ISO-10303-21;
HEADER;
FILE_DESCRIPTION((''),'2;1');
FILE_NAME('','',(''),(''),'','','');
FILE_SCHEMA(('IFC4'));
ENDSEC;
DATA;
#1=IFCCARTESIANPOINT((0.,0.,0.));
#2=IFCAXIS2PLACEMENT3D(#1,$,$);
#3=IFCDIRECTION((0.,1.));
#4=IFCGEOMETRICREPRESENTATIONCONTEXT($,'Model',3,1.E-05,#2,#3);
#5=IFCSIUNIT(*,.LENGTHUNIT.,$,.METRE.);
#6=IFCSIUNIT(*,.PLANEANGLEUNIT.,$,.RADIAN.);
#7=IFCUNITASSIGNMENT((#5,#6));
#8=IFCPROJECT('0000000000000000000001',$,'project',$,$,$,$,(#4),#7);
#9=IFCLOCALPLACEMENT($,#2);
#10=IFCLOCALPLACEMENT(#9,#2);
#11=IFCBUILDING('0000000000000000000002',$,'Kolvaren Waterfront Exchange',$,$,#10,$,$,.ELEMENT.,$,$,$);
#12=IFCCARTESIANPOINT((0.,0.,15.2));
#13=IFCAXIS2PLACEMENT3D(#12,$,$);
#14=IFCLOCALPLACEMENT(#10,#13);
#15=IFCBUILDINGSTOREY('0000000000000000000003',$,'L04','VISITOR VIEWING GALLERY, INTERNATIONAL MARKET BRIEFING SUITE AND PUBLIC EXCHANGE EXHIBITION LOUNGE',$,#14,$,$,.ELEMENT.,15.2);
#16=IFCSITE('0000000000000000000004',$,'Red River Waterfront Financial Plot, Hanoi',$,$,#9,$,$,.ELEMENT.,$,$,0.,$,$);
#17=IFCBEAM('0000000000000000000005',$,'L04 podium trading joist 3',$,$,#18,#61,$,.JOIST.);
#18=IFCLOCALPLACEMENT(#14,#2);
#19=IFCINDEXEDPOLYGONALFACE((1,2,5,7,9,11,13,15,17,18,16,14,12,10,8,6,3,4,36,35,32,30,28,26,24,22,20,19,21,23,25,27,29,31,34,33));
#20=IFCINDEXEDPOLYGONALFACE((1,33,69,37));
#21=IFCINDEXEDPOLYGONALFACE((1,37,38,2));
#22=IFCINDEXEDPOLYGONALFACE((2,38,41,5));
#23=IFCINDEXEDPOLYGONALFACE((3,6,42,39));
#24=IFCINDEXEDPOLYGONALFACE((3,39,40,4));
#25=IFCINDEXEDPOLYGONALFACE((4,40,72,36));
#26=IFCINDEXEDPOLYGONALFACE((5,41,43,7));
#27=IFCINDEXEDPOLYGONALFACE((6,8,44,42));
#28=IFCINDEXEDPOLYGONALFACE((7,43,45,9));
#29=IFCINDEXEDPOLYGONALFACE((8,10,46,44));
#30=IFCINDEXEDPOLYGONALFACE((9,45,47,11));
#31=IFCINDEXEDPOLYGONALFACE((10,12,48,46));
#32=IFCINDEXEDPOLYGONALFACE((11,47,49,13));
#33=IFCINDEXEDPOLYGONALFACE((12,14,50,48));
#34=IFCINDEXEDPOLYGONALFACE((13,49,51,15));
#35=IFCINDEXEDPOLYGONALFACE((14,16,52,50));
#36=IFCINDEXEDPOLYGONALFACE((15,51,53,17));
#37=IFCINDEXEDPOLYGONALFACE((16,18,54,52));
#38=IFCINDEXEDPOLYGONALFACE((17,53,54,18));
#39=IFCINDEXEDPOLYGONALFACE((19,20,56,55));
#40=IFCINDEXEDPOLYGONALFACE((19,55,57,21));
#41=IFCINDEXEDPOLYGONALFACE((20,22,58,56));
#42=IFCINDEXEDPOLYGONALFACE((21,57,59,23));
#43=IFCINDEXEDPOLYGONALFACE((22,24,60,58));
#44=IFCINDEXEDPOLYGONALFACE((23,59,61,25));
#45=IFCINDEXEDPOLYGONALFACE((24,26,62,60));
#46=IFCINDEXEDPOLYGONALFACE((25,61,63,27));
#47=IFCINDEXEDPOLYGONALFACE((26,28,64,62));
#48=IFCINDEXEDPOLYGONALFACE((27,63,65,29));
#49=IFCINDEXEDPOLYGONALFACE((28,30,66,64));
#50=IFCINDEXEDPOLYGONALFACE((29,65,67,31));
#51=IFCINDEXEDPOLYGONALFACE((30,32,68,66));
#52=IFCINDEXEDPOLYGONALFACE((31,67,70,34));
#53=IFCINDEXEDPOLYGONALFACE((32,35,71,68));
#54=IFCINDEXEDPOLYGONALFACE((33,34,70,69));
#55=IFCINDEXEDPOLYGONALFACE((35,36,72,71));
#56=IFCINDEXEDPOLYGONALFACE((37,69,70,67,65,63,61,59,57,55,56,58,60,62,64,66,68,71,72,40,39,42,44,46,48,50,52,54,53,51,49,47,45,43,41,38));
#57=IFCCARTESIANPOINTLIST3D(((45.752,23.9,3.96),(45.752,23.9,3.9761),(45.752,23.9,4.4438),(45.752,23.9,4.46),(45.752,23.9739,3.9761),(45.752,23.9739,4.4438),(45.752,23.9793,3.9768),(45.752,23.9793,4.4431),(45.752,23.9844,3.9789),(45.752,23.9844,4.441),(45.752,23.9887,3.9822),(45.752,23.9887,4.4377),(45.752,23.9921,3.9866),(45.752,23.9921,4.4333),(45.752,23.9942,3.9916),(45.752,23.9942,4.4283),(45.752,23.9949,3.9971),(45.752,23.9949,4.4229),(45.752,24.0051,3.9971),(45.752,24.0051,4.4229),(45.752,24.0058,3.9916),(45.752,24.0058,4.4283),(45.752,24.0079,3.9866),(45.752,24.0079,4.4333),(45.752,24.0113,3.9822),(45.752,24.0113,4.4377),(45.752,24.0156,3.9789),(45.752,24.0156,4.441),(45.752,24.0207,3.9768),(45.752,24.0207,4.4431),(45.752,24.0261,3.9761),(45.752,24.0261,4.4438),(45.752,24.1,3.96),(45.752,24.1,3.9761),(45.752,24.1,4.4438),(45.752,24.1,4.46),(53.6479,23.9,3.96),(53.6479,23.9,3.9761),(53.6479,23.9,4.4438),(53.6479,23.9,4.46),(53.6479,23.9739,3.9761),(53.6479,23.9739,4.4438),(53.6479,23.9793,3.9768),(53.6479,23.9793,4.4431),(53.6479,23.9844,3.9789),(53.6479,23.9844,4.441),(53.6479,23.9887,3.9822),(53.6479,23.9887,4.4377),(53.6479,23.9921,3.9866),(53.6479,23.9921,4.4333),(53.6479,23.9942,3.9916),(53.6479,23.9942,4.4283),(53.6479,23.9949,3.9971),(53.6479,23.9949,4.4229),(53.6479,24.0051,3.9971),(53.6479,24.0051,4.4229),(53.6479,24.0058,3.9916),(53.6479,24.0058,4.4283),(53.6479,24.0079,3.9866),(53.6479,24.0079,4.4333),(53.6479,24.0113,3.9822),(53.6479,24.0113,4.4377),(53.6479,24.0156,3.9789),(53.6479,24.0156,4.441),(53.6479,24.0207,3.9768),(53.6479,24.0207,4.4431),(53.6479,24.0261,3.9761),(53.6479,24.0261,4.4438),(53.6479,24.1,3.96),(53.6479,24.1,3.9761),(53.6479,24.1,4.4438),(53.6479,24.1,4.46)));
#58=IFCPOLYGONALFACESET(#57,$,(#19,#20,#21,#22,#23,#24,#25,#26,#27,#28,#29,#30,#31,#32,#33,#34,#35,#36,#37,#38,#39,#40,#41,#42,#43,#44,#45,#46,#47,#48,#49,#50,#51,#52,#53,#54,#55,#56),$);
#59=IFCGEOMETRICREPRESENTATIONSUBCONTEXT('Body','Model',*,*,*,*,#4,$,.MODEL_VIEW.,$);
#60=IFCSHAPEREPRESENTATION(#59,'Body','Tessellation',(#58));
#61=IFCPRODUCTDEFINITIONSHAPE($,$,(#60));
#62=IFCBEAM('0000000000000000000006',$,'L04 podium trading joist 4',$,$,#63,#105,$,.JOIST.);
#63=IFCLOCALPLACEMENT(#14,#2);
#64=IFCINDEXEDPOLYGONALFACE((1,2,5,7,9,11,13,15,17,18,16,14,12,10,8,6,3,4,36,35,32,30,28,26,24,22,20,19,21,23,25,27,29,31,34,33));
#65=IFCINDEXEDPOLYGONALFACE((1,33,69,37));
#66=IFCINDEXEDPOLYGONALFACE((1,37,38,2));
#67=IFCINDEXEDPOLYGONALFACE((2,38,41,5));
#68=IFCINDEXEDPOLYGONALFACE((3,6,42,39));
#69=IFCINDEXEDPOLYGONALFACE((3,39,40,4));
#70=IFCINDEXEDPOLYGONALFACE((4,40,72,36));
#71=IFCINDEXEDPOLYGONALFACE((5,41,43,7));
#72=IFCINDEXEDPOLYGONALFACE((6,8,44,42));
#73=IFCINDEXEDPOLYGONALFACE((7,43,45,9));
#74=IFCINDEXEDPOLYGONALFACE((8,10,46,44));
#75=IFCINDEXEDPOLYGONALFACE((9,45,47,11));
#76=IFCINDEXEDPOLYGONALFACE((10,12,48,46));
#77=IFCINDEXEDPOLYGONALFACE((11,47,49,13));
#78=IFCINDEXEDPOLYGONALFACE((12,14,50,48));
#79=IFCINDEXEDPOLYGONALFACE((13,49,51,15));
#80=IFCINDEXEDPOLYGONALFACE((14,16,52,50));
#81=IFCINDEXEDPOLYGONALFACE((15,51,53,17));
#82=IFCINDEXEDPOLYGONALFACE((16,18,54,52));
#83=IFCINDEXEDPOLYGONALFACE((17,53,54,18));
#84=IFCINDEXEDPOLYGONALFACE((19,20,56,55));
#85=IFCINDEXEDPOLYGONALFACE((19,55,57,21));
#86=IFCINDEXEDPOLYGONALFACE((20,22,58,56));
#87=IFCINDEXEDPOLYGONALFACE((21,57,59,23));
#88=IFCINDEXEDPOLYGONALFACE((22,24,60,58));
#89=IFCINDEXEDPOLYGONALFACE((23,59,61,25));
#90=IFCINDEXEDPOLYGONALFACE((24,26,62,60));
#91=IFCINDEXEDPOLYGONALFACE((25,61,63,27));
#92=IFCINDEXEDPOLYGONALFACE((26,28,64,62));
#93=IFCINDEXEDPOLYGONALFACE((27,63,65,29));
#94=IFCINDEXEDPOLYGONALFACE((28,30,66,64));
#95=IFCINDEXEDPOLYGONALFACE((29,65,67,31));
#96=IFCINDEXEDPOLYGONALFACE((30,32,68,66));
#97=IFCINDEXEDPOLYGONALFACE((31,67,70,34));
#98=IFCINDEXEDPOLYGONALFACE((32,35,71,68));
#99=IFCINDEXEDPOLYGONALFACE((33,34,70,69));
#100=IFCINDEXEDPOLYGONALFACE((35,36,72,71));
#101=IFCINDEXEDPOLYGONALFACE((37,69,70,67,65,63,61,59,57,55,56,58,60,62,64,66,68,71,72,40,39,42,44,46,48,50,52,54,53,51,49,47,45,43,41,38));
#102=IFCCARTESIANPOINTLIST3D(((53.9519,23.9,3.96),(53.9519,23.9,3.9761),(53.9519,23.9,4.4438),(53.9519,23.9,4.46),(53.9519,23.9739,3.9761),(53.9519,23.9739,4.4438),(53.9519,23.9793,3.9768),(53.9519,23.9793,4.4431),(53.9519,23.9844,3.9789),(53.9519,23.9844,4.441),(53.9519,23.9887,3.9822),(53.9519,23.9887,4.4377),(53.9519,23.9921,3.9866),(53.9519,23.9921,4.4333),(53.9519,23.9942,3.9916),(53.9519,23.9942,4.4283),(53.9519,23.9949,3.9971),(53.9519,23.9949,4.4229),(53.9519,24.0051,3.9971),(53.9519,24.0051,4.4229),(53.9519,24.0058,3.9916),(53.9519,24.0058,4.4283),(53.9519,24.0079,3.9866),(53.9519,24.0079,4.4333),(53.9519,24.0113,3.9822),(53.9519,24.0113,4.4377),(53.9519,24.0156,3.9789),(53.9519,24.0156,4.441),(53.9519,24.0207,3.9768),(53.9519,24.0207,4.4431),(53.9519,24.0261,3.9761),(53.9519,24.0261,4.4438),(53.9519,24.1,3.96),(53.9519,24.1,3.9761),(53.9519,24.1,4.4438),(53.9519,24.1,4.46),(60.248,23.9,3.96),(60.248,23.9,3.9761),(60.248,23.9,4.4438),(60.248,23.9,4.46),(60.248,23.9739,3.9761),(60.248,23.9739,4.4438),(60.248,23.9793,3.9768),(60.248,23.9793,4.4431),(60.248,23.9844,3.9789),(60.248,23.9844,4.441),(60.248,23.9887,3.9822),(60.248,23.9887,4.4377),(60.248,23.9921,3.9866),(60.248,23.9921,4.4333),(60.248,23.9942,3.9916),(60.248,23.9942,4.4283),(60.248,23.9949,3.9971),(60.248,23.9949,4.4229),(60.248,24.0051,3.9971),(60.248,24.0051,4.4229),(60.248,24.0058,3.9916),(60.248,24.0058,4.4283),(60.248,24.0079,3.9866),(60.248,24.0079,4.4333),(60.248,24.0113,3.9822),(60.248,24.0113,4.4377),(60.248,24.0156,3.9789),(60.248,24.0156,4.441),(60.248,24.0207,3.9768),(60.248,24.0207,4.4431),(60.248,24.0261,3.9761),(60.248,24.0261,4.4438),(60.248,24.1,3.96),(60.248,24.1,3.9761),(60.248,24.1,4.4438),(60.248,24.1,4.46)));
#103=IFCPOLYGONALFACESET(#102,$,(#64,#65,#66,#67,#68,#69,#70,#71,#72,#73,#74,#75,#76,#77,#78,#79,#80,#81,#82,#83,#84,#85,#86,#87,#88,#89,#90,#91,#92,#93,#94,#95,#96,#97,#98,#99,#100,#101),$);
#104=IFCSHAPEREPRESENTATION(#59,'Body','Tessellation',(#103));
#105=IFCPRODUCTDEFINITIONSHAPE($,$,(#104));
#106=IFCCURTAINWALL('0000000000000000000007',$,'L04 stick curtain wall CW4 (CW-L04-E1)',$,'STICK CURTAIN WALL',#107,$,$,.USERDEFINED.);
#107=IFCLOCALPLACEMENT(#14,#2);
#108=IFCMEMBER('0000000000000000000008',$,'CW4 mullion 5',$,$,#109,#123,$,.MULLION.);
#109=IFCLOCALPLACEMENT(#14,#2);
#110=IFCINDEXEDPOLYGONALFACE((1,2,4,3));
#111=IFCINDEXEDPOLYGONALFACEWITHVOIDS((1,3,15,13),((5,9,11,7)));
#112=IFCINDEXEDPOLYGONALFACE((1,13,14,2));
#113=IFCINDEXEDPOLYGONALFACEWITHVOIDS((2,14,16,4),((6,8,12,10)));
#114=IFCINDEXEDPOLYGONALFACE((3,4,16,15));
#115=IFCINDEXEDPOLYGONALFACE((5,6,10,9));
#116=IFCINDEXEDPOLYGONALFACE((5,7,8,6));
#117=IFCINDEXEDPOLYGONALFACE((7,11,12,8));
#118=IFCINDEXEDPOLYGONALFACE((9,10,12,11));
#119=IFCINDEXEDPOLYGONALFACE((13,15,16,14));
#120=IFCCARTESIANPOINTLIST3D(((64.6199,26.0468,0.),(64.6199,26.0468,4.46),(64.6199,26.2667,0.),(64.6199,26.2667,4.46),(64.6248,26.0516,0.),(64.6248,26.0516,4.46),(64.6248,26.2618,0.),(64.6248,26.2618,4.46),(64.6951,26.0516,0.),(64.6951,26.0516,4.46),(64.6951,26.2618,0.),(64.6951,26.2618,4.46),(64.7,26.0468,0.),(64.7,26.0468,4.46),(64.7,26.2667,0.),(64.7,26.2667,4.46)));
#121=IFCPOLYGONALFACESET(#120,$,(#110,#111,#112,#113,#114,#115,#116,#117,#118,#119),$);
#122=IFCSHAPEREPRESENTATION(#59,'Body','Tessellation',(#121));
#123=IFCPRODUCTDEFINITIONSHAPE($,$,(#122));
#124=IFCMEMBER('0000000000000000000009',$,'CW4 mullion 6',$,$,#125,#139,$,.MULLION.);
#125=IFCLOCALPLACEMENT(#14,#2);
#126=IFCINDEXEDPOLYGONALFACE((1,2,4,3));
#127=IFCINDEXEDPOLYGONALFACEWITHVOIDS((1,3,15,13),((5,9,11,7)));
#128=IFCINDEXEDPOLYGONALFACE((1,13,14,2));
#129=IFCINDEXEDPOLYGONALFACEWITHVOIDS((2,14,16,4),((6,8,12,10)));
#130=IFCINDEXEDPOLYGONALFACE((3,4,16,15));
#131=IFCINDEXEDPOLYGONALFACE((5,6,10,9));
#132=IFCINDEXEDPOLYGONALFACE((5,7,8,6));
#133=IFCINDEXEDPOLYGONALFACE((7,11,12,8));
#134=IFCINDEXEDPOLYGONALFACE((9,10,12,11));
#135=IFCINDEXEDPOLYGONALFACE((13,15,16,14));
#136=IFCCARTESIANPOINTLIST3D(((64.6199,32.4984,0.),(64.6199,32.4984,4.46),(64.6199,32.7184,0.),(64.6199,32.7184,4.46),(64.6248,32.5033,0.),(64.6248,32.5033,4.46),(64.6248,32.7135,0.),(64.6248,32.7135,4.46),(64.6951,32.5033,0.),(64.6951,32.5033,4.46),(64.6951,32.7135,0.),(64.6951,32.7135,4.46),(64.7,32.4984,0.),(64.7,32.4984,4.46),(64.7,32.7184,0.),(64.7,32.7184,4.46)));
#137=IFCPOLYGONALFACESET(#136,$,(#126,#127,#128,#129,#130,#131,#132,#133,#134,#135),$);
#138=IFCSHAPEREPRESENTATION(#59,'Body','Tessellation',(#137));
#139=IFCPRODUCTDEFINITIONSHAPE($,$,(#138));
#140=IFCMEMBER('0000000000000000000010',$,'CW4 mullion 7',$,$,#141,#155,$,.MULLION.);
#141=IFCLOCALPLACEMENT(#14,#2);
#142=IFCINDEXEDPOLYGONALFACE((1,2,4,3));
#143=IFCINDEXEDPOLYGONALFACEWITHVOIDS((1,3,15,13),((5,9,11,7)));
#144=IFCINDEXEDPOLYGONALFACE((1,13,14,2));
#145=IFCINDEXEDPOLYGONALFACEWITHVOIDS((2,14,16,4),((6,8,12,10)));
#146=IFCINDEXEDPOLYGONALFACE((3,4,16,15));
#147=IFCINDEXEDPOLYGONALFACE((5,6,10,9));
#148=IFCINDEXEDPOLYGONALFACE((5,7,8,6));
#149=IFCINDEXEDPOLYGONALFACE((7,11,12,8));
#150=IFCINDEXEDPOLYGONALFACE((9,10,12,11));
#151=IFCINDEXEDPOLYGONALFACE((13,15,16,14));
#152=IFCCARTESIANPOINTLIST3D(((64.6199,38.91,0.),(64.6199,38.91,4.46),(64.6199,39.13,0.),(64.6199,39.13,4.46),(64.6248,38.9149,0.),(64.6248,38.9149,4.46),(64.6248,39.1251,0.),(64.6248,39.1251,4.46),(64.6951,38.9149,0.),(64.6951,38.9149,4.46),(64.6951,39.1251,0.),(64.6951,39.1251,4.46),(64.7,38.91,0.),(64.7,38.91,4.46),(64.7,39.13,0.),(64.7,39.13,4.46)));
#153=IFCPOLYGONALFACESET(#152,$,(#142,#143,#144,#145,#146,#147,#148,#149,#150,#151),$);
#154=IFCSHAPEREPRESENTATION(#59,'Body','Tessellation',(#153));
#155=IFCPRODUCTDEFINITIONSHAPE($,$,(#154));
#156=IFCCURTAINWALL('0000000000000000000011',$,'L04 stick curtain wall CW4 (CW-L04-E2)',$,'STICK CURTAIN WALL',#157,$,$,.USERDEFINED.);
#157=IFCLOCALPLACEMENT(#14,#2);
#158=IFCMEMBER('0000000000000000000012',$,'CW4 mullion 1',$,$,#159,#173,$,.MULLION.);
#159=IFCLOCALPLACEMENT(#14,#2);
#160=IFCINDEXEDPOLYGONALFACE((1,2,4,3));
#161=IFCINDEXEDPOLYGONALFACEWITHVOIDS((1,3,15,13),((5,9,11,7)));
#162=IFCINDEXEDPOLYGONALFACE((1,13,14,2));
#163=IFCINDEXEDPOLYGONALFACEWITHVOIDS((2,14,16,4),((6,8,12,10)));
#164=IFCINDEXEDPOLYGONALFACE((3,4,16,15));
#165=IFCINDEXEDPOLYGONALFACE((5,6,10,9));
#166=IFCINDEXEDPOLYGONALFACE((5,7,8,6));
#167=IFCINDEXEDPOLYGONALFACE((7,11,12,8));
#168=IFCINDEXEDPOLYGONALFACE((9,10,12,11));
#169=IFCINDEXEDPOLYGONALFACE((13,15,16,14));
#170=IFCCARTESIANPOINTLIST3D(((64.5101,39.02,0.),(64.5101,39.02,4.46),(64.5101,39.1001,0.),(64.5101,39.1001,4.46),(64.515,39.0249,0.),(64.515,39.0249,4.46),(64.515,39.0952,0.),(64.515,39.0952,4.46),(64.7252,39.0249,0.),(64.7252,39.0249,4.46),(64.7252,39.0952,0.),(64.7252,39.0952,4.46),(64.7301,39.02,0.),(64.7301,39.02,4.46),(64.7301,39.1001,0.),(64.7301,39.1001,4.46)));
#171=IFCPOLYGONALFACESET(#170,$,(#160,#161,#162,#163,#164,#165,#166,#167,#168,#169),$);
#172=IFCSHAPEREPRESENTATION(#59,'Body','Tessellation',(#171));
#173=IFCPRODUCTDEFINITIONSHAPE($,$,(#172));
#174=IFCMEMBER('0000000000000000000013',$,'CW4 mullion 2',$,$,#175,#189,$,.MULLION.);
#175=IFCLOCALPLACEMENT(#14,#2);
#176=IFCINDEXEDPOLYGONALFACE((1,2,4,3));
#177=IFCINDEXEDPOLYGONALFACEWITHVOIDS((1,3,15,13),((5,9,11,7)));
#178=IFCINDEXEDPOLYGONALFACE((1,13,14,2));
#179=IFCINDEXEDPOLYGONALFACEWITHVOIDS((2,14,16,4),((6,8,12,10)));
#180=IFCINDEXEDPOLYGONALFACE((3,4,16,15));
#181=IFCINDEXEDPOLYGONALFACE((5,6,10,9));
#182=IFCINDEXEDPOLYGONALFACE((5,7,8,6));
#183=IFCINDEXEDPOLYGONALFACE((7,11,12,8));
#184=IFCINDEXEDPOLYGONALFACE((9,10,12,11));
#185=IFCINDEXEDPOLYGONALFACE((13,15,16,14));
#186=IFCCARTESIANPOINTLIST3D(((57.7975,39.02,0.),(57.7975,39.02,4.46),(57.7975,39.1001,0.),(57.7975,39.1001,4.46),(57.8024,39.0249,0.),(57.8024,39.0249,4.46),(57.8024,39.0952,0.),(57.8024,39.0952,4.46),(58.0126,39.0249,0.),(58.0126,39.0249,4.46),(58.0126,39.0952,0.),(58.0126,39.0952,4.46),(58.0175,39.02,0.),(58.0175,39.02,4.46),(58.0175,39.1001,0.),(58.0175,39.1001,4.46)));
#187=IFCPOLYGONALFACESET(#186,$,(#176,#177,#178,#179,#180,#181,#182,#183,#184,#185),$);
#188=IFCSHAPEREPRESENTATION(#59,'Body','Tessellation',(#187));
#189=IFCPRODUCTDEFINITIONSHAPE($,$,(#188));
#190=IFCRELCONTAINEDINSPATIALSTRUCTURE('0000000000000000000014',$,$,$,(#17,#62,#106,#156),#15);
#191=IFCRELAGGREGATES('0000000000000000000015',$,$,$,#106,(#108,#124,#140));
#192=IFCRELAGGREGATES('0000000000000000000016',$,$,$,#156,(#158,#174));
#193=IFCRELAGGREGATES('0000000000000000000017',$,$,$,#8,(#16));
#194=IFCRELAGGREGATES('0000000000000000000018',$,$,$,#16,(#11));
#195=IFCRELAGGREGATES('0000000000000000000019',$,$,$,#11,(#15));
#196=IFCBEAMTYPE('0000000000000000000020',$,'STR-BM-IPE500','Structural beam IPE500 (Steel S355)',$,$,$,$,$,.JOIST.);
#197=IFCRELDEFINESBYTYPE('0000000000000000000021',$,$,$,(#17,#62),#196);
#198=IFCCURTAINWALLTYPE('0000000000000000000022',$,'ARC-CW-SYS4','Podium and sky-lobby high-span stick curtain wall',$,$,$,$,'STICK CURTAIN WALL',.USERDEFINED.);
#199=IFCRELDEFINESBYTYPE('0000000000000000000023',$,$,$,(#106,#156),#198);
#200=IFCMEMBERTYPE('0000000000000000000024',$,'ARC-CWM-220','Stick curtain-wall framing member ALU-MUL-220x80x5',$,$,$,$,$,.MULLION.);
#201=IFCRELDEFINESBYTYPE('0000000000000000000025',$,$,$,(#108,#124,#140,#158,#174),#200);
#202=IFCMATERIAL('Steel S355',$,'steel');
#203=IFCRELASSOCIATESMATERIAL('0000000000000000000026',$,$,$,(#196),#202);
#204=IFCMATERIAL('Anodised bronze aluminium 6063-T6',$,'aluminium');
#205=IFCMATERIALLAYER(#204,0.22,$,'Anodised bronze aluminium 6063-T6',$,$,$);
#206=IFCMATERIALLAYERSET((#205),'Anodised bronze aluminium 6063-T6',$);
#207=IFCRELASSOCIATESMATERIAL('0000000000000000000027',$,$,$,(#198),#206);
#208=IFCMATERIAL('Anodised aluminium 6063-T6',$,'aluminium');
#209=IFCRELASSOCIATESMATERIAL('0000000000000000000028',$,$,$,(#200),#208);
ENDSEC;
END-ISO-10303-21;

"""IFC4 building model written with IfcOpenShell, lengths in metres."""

from ifc_helpers import new_model, si_unit, direction, frame, origin, origin_with_axes, origin_2d, place, context, subcontext, project, spatial, hollow_rectangle, i_section, extrude, source, transform, mapped, material, layer, layer_set, material_profile, profile_set, type_object, element, aggregate, save


model = new_model("IFC4")

# Units and contexts
model_context = context("Model", 3, precision=1e-05, world=origin(), true_north=direction((0.0, 1.0)))
body_context = subcontext(model_context, "Body", "Model", "MODEL_VIEW")
ifc_project = project(units=[si_unit("LENGTHUNIT", "METRE"), si_unit("PLANEANGLEUNIT", "RADIAN")], contexts=[model_context])

# Site, building, storey
site_placement = place(None, origin())
site = spatial("IfcSite", under=ifc_project, at=site_placement, Name="Red River Waterfront Financial Plot, Hanoi", CompositionType="ELEMENT", RefElevation=0.0)
building_placement = place(site_placement, origin())
building = spatial("IfcBuilding", under=site, at=building_placement, Name="Kolvaren Waterfront Exchange", CompositionType="ELEMENT")
storey_placement = place(building_placement, frame((0.0, 0.0, 15.2)))
storey = spatial("IfcBuildingStorey", under=building, at=storey_placement, Name="L04", Description="VISITOR VIEWING GALLERY, INTERNATIONAL MARKET BRIEFING SUITE AND PUBLIC EXCHANGE EXHIBITION LOUNGE", CompositionType="ELEMENT", Elevation=15.2)

# Beams
ifc_material_1 = material(Name="Steel S355", Category="steel")
ifc_material_profile_1 = material_profile(ifc_material_1, i_section(OverallWidth=0.2, OverallDepth=0.5, WebThickness=0.0103, FlangeThickness=0.0161, FilletRadius=0.021, at=origin_2d()), Name="IPE500")
ifc_profile_set_1 = profile_set([ifc_material_profile_1], Name="Steel S355")
beam_type_1 = type_object("IfcBeamType", Name="STR-BM-IPE500", Description="Structural beam IPE500 (Steel S355)", PredefinedType="JOIST", material=ifc_profile_set_1)
beam_1_placement = place(storey_placement, frame((45.752, 24.0, 4.21), z_axis=(1.0, 0.0, 0.0), x_axis=(0.0, 1.0, 0.0)))
element("IfcBeam", 1, at=beam_1_placement, inside=storey, type_object=beam_type_1, Name="L04 podium trading joist 3", PredefinedType="JOIST", context=body_context, shape_type="SweptSolid", body=[
    extrude(i_section(OverallWidth=0.2, OverallDepth=0.5, WebThickness=0.0103, FlangeThickness=0.0161, FilletRadius=0.021, at=origin_2d()), origin(), (0.0, 0.0, 1.0), 7.896),
])
beam_2_placement = place(storey_placement, frame((53.9519, 24.0, 4.21), z_axis=(1.0, 0.0, 0.0), x_axis=(0.0, 1.0, 0.0)))
element("IfcBeam", 2, at=beam_2_placement, inside=storey, type_object=beam_type_1, Name="L04 podium trading joist 4", PredefinedType="JOIST", context=body_context, shape_type="SweptSolid", body=[
    extrude(i_section(OverallWidth=0.2, OverallDepth=0.5, WebThickness=0.0103, FlangeThickness=0.0161, FilletRadius=0.021, at=origin_2d()), origin(), (0.0, 0.0, 1.0), 6.2961),
])

# Curtain walls, members
ifc_material_2 = material(Name="Anodised bronze aluminium 6063-T6", Category="aluminium")
ifc_layer_1 = layer(ifc_material_2, 0.22, Name="Anodised bronze aluminium 6063-T6")
ifc_layer_set_1 = layer_set([ifc_layer_1], Name="Anodised bronze aluminium 6063-T6")
curtain_wall_type = type_object("IfcCurtainWallType", Name="ARC-CW-SYS4", Description="Podium and sky-lobby high-span stick curtain wall", ElementType="STICK CURTAIN WALL", PredefinedType="USERDEFINED", material=ifc_layer_set_1)
curtain_wall_1_placement = place(storey_placement, origin())
curtain_wall_1 = element("IfcCurtainWall", 3, at=curtain_wall_1_placement, inside=storey, type_object=curtain_wall_type, Name="L04 stick curtain wall CW4 (CW-L04-E1)", ObjectType="STICK CURTAIN WALL", PredefinedType="USERDEFINED")
ifc_material_3 = material(Name="Anodised aluminium 6063-T6", Category="aluminium")
ifc_material_profile_2 = material_profile(ifc_material_3, hollow_rectangle(XDim=0.0801, YDim=0.22, WallThickness=0.0049, at=origin_2d()), Name="ALU-MUL-220x80x5")
ifc_profile_set_2 = profile_set([ifc_material_profile_2], Name="Anodised aluminium 6063-T6")
member_type_1 = type_object("IfcMemberType", Name="ARC-CWM-220", Description="Stick curtain-wall framing member ALU-MUL-220x80x5", PredefinedType="MULLION", material=ifc_profile_set_2)
shared_shape_1 = source(origin_with_axes(), body_context, "Body", "SweptSolid", [
    extrude(hollow_rectangle(XDim=0.0801, YDim=0.22, WallThickness=0.0049, at=origin_2d()), origin(), (0.0, 0.0, 1.0), 4.46),
])
member_1_placement = place(storey_placement, frame((64.6599, 26.1567, 0.0), z_axis=(0.0, 0.0, 1.0), x_axis=(-1.0, 0.0, 0.0)))
member_1 = element("IfcMember", 4, at=member_1_placement, type_object=member_type_1, Name="CW4 mullion 5", PredefinedType="MULLION", context=body_context, shape_type="MappedRepresentation", body=[
    mapped(shared_shape_1, transform((0.0, 0.0, 0.0), x_axis=(1.0, 0.0, 0.0), y_axis=(0.0, 1.0, 0.0), z_axis=(0.0, 0.0, 1.0), scale=1.0)),
])
member_2_placement = place(storey_placement, frame((64.6599, 32.6084, 0.0), z_axis=(0.0, 0.0, 1.0), x_axis=(-1.0, 0.0, 0.0)))
member_2 = element("IfcMember", 5, at=member_2_placement, type_object=member_type_1, Name="CW4 mullion 6", PredefinedType="MULLION", context=body_context, shape_type="MappedRepresentation", body=[
    mapped(shared_shape_1, transform((0.0, 0.0, 0.0), x_axis=(1.0, 0.0, 0.0), y_axis=(0.0, 1.0, 0.0), z_axis=(0.0, 0.0, 1.0), scale=1.0)),
])
member_3_placement = place(storey_placement, frame((64.6599, 39.02, 0.0), z_axis=(0.0, 0.0, 1.0), x_axis=(-1.0, 0.0, 0.0)))
member_3 = element("IfcMember", 6, at=member_3_placement, type_object=member_type_1, Name="CW4 mullion 7", PredefinedType="MULLION", context=body_context, shape_type="MappedRepresentation", body=[
    mapped(shared_shape_1, transform((0.0, 0.0, 0.0), x_axis=(1.0, 0.0, 0.0), y_axis=(0.0, 1.0, 0.0), z_axis=(0.0, 0.0, 1.0), scale=1.0)),
])
curtain_wall_2_placement = place(storey_placement, origin())
curtain_wall_2 = element("IfcCurtainWall", 7, at=curtain_wall_2_placement, inside=storey, type_object=curtain_wall_type, Name="L04 stick curtain wall CW4 (CW-L04-E2)", ObjectType="STICK CURTAIN WALL", PredefinedType="USERDEFINED")
member_4_placement = place(storey_placement, frame((64.6201, 39.0601, 0.0), z_axis=(0.0, 0.0, 1.0), x_axis=(0.0, -1.0, 0.0)))
member_4 = element("IfcMember", 8, at=member_4_placement, type_object=member_type_1, Name="CW4 mullion 1", PredefinedType="MULLION", context=body_context, shape_type="MappedRepresentation", body=[
    mapped(shared_shape_1, transform((0.0, 0.0, 0.0), x_axis=(1.0, 0.0, 0.0), y_axis=(0.0, 1.0, 0.0), z_axis=(0.0, 0.0, 1.0), scale=1.0)),
])
member_5_placement = place(storey_placement, frame((57.9075, 39.0601, 0.0), z_axis=(0.0, 0.0, 1.0), x_axis=(0.0, -1.0, 0.0)))
member_5 = element("IfcMember", 9, at=member_5_placement, type_object=member_type_1, Name="CW4 mullion 2", PredefinedType="MULLION", context=body_context, shape_type="MappedRepresentation", body=[
    mapped(shared_shape_1, transform((0.0, 0.0, 0.0), x_axis=(1.0, 0.0, 0.0), y_axis=(0.0, 1.0, 0.0), z_axis=(0.0, 0.0, 1.0), scale=1.0)),
])

aggregate(curtain_wall_1, [member_1, member_2, member_3])
aggregate(curtain_wall_2, [member_4, member_5])

save(model, "model.ifc")
